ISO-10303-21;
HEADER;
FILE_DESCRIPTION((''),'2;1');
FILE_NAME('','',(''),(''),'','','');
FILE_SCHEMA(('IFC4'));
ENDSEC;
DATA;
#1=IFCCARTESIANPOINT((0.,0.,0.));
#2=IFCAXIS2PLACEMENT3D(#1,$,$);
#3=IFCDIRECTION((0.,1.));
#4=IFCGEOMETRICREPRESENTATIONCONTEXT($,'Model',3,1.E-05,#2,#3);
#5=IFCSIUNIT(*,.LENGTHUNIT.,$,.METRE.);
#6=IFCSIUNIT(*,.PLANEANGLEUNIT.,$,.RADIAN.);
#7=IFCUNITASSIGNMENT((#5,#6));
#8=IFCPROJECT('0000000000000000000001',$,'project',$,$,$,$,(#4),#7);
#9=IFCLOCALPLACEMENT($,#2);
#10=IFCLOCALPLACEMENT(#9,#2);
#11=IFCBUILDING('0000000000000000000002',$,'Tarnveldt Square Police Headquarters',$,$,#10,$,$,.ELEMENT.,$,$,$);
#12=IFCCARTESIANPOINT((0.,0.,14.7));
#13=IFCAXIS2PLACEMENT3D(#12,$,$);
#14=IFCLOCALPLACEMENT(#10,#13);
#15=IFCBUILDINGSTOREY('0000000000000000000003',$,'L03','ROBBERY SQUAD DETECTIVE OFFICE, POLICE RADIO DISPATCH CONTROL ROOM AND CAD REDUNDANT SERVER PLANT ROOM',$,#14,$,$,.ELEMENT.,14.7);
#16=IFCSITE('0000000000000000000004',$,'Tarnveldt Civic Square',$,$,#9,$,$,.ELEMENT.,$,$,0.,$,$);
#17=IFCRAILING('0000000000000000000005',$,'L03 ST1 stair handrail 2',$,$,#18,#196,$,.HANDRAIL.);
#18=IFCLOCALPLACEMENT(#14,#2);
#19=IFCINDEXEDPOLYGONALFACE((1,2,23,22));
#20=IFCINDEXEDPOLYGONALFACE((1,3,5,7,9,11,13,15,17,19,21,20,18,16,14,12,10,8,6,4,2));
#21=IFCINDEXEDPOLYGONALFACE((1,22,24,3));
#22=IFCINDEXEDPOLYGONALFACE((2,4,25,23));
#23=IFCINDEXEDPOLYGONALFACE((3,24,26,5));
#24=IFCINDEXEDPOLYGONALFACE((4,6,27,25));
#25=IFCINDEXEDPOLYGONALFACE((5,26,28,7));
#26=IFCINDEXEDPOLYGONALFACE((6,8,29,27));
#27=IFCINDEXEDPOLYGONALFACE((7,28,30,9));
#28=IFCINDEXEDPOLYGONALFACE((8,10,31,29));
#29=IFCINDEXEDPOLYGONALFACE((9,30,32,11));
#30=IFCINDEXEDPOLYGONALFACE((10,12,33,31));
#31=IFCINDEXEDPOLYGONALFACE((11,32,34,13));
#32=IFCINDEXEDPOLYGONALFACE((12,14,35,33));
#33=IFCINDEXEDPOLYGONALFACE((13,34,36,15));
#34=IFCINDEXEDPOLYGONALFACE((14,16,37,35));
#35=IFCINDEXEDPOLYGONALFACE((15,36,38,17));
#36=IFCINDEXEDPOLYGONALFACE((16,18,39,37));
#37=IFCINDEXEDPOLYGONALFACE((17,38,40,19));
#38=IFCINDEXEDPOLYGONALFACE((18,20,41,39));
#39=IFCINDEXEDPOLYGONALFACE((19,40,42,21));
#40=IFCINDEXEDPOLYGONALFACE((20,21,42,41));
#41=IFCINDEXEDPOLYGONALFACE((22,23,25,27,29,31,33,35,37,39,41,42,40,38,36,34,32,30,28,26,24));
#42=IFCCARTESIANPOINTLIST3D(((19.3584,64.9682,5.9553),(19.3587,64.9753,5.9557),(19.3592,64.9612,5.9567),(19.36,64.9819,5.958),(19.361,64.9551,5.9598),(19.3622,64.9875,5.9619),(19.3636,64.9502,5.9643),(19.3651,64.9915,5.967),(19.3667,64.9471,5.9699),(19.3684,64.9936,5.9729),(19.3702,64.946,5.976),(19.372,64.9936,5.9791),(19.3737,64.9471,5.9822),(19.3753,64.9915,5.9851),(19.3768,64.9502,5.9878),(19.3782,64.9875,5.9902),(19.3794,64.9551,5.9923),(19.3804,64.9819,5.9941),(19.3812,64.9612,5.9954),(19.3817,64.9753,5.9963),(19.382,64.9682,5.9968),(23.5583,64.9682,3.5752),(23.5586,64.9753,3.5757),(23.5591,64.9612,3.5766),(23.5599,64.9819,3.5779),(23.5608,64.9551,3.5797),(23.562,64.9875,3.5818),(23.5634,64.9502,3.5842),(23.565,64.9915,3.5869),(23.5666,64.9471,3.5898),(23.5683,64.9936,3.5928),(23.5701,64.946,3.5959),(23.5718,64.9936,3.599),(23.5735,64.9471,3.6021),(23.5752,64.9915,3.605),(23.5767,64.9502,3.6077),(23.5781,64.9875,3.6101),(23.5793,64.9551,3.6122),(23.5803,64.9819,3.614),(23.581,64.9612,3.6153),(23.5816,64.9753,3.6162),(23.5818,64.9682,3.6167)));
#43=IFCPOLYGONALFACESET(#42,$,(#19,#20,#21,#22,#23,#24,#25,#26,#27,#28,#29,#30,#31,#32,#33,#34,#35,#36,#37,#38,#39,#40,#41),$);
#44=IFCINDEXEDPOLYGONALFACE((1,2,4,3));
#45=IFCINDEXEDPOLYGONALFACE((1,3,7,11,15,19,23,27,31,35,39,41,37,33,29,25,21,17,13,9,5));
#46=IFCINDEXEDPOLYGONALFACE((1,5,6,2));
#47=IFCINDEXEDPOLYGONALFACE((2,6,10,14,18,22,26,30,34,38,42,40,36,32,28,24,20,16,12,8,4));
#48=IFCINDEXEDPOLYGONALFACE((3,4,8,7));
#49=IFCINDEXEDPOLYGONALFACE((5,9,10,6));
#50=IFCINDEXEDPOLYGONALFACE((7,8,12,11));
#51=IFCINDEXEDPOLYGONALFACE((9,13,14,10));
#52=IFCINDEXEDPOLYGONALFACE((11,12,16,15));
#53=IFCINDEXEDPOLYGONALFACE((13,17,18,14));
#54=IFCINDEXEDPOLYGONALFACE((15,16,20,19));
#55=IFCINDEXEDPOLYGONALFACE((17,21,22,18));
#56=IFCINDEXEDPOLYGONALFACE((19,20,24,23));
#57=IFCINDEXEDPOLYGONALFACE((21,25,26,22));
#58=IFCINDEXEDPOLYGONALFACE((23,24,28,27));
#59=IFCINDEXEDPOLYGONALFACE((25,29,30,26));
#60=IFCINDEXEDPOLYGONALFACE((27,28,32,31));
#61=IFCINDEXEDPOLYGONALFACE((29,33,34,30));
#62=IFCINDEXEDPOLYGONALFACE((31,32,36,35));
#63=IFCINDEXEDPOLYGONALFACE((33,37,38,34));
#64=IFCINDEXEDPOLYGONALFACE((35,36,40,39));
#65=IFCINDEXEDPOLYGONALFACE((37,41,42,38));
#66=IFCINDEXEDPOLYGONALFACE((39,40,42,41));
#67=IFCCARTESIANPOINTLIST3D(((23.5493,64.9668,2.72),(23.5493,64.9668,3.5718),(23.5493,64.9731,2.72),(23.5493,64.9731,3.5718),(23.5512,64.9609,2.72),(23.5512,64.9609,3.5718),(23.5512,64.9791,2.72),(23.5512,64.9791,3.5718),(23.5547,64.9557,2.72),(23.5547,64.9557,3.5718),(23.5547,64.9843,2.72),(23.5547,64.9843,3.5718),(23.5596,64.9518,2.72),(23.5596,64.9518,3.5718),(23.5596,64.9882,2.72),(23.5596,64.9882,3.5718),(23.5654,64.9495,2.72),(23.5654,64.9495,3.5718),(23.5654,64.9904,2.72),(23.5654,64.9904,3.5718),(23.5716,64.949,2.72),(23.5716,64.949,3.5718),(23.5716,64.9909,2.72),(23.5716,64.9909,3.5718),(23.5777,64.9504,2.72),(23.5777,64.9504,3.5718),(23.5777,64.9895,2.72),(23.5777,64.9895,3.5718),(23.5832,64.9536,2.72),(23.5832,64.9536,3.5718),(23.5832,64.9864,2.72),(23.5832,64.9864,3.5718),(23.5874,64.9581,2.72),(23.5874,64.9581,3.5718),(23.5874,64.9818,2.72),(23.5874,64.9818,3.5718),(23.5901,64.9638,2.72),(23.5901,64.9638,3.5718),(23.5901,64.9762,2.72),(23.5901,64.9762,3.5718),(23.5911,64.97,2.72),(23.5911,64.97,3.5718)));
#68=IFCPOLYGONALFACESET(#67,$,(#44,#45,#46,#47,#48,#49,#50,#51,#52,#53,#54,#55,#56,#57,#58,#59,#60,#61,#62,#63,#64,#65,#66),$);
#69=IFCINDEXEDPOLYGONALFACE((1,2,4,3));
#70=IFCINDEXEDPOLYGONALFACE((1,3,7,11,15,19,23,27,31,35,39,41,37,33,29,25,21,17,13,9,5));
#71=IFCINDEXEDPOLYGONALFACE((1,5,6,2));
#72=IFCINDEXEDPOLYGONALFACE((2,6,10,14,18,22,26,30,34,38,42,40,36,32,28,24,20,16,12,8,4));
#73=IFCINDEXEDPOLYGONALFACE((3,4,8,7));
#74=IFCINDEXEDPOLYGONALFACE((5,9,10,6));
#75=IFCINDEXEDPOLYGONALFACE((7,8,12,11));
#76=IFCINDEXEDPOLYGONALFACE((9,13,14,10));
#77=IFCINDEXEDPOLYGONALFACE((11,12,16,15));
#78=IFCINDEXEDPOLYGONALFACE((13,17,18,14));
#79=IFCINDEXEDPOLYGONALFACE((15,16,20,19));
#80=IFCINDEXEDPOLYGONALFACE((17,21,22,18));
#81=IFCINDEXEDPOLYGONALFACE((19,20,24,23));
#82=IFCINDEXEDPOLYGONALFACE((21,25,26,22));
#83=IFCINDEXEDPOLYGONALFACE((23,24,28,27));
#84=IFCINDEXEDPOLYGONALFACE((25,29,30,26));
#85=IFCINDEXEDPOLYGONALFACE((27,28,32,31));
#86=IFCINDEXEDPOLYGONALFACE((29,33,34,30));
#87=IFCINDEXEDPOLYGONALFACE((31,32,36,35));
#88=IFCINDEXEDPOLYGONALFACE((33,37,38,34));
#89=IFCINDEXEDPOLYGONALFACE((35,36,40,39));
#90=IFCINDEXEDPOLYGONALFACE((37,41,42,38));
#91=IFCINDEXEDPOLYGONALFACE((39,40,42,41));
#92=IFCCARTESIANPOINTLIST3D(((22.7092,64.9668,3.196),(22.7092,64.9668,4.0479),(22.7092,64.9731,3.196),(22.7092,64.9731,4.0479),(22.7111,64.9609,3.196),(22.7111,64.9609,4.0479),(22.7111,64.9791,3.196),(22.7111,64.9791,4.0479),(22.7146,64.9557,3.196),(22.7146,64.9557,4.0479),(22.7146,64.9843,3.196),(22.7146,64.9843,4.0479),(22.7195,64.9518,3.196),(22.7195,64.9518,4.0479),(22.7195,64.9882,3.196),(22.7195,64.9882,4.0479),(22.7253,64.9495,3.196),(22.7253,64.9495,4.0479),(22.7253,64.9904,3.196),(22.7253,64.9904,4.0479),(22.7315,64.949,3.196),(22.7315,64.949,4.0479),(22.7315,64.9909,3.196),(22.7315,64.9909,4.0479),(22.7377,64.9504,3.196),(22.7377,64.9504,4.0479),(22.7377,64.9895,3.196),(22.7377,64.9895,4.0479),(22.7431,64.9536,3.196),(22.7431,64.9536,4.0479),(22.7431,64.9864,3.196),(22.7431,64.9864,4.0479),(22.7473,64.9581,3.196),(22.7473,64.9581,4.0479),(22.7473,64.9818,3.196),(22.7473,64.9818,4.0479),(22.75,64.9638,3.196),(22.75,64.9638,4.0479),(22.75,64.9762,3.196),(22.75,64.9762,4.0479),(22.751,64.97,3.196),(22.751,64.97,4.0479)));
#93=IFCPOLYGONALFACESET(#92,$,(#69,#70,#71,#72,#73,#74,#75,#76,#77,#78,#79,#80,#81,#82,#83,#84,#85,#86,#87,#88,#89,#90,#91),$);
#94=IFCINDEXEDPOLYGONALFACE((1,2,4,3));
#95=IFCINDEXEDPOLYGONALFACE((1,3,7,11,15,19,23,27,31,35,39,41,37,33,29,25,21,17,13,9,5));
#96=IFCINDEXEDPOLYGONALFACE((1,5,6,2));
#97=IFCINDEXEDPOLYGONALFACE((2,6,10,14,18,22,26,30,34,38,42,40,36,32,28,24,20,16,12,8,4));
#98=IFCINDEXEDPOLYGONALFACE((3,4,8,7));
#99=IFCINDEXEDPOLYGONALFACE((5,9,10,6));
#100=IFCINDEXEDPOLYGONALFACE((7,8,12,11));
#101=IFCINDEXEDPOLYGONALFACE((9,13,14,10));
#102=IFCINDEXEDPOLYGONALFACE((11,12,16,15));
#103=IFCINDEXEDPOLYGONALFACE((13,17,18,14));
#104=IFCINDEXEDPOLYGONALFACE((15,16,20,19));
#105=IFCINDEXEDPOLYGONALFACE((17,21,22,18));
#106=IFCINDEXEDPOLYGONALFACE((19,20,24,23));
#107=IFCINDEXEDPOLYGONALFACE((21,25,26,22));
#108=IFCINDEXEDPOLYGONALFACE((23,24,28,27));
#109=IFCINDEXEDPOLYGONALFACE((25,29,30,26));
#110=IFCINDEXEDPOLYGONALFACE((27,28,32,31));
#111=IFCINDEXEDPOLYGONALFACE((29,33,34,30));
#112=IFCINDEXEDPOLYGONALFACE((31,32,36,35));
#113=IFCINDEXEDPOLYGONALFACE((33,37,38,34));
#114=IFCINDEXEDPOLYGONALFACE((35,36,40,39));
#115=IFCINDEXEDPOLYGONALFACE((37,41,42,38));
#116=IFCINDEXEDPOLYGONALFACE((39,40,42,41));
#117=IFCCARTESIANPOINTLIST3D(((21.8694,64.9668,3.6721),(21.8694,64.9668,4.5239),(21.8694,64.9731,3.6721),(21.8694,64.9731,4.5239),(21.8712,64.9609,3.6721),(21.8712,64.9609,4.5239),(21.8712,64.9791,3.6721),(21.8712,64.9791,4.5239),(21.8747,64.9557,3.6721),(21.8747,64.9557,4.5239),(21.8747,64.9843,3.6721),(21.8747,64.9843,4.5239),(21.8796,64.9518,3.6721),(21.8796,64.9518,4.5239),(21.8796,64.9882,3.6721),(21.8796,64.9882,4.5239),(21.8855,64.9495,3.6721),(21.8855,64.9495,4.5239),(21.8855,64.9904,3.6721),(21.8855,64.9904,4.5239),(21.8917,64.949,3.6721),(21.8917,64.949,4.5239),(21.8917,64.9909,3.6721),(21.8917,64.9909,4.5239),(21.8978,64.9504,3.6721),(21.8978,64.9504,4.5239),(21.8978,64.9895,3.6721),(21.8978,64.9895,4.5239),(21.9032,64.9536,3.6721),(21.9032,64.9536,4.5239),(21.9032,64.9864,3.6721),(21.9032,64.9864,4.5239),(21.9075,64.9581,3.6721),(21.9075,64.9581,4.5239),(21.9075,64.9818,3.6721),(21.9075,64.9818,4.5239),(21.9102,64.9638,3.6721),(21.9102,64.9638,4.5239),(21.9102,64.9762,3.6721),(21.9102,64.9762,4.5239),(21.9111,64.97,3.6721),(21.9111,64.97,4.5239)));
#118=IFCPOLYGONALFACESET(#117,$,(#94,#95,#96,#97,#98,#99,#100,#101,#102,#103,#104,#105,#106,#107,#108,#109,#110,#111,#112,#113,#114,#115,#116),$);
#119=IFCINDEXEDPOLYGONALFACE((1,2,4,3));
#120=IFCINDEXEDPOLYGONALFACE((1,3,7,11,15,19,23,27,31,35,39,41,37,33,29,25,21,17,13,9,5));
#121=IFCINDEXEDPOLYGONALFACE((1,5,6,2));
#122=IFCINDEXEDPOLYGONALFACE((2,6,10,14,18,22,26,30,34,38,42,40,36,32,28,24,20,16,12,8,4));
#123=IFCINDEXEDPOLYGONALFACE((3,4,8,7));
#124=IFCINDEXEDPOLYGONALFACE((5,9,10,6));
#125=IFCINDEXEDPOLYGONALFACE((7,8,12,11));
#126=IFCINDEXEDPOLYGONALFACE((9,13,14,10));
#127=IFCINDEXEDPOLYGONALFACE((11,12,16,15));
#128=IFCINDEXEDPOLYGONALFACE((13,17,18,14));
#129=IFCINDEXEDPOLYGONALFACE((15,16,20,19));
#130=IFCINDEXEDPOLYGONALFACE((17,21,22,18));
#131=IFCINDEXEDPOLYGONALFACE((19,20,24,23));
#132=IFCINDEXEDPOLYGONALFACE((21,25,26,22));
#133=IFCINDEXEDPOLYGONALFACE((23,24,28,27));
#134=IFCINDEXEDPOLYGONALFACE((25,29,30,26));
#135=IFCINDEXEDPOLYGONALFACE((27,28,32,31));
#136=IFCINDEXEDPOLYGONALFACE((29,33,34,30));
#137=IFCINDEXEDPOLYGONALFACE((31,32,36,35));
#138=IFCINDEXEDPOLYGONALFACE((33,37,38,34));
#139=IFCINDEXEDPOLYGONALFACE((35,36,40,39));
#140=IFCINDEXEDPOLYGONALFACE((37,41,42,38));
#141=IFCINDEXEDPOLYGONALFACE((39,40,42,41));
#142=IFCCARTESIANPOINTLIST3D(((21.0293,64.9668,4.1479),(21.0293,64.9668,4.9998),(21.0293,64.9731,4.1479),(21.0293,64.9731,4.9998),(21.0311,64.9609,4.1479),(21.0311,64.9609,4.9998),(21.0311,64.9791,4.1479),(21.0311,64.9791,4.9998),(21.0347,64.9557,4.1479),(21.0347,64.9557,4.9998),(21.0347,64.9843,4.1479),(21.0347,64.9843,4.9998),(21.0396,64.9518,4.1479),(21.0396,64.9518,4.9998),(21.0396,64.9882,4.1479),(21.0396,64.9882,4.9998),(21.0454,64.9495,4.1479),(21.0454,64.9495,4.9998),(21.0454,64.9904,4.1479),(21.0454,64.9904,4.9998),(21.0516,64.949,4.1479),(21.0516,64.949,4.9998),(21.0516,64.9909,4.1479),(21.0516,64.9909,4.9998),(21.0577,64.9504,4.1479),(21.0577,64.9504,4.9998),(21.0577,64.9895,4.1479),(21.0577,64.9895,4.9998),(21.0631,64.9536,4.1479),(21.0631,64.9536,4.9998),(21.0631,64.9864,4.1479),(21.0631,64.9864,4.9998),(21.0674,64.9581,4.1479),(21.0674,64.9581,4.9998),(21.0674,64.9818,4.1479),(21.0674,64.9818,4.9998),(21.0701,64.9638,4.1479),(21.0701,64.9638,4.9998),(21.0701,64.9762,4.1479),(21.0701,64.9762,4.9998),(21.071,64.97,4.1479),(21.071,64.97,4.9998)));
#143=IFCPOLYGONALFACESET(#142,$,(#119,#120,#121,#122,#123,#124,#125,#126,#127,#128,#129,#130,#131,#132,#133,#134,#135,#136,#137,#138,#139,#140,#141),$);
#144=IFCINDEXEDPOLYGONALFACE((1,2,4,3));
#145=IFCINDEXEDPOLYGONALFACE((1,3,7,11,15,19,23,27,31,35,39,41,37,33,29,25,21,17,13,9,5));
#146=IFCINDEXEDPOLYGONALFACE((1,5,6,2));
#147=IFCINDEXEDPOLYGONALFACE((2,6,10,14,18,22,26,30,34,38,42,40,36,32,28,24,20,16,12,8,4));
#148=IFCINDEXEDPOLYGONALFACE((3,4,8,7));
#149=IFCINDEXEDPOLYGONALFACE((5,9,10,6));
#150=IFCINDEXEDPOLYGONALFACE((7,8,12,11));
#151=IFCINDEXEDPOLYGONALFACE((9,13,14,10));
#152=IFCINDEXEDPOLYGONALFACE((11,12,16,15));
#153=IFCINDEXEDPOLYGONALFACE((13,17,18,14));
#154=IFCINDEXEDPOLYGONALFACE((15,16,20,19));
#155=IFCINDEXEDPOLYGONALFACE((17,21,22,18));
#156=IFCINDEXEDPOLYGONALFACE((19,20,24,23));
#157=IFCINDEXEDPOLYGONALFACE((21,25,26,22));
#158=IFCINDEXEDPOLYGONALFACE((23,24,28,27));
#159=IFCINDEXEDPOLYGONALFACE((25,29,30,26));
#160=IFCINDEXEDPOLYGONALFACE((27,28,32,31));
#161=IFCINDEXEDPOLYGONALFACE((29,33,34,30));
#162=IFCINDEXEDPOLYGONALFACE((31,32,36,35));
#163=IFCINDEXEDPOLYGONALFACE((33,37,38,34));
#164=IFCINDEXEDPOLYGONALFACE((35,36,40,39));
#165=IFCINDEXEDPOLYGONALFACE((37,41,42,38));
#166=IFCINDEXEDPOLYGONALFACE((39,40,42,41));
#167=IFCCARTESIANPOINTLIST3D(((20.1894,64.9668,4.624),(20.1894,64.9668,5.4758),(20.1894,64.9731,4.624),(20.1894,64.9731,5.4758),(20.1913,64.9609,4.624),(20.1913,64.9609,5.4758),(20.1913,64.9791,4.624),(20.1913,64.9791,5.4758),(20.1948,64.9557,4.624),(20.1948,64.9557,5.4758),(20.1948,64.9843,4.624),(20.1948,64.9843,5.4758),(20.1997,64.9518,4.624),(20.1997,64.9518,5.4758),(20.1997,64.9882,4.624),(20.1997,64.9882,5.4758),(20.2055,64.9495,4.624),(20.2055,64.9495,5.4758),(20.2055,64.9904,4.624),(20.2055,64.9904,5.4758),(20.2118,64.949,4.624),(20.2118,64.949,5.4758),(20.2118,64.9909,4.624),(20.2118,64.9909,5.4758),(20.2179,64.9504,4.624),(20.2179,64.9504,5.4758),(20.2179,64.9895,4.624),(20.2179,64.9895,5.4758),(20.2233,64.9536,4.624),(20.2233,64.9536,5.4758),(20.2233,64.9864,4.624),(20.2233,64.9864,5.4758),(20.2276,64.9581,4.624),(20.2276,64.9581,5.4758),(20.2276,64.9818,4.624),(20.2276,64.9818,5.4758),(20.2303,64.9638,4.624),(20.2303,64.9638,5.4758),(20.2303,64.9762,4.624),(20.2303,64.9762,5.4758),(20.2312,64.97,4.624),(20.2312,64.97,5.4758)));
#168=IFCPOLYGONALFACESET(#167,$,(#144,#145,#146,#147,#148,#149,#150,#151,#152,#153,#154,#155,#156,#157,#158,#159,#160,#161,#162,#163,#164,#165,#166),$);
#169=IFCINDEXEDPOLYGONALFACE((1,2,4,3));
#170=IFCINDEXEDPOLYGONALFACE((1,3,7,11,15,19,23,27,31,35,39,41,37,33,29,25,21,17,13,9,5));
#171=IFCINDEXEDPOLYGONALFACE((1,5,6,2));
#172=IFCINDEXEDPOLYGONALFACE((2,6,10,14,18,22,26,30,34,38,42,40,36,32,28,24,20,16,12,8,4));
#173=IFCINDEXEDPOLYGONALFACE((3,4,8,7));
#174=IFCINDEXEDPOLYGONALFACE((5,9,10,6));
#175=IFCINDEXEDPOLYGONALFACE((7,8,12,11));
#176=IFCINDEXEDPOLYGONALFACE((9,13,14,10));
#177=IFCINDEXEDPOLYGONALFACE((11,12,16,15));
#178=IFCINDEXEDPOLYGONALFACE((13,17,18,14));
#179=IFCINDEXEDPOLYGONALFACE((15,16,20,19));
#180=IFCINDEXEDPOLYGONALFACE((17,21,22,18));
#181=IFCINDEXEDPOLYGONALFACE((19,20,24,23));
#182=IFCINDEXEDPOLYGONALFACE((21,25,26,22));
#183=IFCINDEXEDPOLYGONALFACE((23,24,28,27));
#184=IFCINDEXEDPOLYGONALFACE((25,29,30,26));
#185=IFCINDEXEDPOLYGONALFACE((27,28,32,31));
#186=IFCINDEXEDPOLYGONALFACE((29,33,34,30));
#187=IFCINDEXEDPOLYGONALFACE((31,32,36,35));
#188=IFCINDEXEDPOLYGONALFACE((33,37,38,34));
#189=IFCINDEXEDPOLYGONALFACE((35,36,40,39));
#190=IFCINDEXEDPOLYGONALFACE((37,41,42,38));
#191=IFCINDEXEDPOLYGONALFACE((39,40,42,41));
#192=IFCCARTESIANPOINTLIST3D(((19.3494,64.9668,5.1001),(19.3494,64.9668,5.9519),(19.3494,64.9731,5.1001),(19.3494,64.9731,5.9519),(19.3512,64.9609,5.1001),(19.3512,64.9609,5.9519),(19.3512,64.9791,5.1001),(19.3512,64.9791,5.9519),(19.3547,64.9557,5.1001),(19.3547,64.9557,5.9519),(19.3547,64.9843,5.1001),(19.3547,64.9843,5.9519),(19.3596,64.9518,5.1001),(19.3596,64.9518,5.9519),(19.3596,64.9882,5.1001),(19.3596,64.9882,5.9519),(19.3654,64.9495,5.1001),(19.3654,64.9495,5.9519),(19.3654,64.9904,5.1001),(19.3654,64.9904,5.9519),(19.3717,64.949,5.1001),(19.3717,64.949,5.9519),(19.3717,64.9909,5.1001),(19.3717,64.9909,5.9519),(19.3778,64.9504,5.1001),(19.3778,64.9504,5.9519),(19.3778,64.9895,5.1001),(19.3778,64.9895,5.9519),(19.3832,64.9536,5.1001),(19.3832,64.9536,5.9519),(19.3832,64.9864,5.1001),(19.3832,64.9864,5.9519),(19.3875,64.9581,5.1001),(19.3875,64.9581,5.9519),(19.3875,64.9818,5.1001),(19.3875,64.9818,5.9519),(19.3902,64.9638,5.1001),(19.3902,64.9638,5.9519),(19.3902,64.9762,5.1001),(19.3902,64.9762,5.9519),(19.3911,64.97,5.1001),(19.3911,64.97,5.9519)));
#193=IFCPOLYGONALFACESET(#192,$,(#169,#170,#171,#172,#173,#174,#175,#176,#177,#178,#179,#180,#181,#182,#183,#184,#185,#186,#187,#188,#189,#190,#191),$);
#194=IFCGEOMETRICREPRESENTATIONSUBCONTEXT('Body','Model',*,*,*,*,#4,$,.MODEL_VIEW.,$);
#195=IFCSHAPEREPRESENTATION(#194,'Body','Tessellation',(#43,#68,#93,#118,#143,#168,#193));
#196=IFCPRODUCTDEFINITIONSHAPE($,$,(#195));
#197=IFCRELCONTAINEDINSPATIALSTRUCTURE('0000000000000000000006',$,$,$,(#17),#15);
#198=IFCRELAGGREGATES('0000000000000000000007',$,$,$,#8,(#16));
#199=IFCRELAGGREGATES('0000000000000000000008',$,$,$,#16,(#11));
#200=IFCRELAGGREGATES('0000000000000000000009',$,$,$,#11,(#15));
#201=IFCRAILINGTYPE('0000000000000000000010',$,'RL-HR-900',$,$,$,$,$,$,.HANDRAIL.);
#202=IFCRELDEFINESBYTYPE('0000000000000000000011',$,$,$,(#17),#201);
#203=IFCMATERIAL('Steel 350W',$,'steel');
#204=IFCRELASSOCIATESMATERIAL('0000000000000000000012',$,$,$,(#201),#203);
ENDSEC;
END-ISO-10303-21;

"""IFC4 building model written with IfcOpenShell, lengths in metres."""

from ifc_helpers import new_model, si_unit, direction, frame, origin, origin_2d, place, context, subcontext, project, spatial, circle, extrude, material, type_object, element, save


model = new_model("IFC4")

# Units and contexts
model_context = context("Model", 3, precision=1e-05, world=origin(), true_north=direction((0.0, 1.0)))
body_context = subcontext(model_context, "Body", "Model", "MODEL_VIEW")
ifc_project = project(units=[si_unit("LENGTHUNIT", "METRE"), si_unit("PLANEANGLEUNIT", "RADIAN")], contexts=[model_context])

# Site, building, storey
site_placement = place(None, origin())
site = spatial("IfcSite", under=ifc_project, at=site_placement, Name="Tarnveldt Civic Square", CompositionType="ELEMENT", RefElevation=0.0)
building_placement = place(site_placement, origin())
building = spatial("IfcBuilding", under=site, at=building_placement, Name="Tarnveldt Square Police Headquarters", CompositionType="ELEMENT")
storey_placement = place(building_placement, frame((0.0, 0.0, 14.7)))
storey = spatial("IfcBuildingStorey", under=building, at=storey_placement, Name="L03", Description="ROBBERY SQUAD DETECTIVE OFFICE, POLICE RADIO DISPATCH CONTROL ROOM AND CAD REDUNDANT SERVER PLANT ROOM", CompositionType="ELEMENT", Elevation=14.7)

# Shared definitions
ifc_material_1 = material(Name="Steel 350W", Category="steel")

# Railing
railing_type_1 = type_object("IfcRailingType", Name="RL-HR-900", PredefinedType="HANDRAIL", material=ifc_material_1)
railing_1_placement = place(storey_placement, frame((23.5701, 64.97, 2.72)))
element("IfcRailing", 1, at=railing_1_placement, inside=storey, type_object=railing_type_1, Name="L03 ST1 stair handrail 2", PredefinedType="HANDRAIL", context=body_context, shape_type="SweptSolid", body=[
    extrude(circle(Radius=0.0239, at=origin_2d()), frame((0.0, 0.0, 0.876), z_axis=(-0.870008, 0.0, 0.493037), x_axis=(0.0, -1.0, 0.0)), (0.0, 0.0, 1.0), 4.8274),
    extrude(circle(Radius=0.021, at=origin_2d()), origin(), (0.0, 0.0, 1.0), 0.8518),
    extrude(circle(Radius=0.021, at=origin_2d()), frame((-0.8401, 0.0, 0.4761)), (0.0, 0.0, 1.0), 0.8518),
    extrude(circle(Radius=0.021, at=origin_2d()), frame((-1.6799, 0.0, 0.9521)), (0.0, 0.0, 1.0), 0.8518),
    extrude(circle(Radius=0.021, at=origin_2d()), frame((-2.52, 0.0, 1.428)), (0.0, 0.0, 1.0), 0.8518),
    extrude(circle(Radius=0.021, at=origin_2d()), frame((-3.3599, 0.0, 1.9041)), (0.0, 0.0, 1.0), 0.8518),
    extrude(circle(Radius=0.021, at=origin_2d()), frame((-4.2, 0.0, 2.3801)), (0.0, 0.0, 1.0), 0.8518),
])

save(model, "model.ifc")
